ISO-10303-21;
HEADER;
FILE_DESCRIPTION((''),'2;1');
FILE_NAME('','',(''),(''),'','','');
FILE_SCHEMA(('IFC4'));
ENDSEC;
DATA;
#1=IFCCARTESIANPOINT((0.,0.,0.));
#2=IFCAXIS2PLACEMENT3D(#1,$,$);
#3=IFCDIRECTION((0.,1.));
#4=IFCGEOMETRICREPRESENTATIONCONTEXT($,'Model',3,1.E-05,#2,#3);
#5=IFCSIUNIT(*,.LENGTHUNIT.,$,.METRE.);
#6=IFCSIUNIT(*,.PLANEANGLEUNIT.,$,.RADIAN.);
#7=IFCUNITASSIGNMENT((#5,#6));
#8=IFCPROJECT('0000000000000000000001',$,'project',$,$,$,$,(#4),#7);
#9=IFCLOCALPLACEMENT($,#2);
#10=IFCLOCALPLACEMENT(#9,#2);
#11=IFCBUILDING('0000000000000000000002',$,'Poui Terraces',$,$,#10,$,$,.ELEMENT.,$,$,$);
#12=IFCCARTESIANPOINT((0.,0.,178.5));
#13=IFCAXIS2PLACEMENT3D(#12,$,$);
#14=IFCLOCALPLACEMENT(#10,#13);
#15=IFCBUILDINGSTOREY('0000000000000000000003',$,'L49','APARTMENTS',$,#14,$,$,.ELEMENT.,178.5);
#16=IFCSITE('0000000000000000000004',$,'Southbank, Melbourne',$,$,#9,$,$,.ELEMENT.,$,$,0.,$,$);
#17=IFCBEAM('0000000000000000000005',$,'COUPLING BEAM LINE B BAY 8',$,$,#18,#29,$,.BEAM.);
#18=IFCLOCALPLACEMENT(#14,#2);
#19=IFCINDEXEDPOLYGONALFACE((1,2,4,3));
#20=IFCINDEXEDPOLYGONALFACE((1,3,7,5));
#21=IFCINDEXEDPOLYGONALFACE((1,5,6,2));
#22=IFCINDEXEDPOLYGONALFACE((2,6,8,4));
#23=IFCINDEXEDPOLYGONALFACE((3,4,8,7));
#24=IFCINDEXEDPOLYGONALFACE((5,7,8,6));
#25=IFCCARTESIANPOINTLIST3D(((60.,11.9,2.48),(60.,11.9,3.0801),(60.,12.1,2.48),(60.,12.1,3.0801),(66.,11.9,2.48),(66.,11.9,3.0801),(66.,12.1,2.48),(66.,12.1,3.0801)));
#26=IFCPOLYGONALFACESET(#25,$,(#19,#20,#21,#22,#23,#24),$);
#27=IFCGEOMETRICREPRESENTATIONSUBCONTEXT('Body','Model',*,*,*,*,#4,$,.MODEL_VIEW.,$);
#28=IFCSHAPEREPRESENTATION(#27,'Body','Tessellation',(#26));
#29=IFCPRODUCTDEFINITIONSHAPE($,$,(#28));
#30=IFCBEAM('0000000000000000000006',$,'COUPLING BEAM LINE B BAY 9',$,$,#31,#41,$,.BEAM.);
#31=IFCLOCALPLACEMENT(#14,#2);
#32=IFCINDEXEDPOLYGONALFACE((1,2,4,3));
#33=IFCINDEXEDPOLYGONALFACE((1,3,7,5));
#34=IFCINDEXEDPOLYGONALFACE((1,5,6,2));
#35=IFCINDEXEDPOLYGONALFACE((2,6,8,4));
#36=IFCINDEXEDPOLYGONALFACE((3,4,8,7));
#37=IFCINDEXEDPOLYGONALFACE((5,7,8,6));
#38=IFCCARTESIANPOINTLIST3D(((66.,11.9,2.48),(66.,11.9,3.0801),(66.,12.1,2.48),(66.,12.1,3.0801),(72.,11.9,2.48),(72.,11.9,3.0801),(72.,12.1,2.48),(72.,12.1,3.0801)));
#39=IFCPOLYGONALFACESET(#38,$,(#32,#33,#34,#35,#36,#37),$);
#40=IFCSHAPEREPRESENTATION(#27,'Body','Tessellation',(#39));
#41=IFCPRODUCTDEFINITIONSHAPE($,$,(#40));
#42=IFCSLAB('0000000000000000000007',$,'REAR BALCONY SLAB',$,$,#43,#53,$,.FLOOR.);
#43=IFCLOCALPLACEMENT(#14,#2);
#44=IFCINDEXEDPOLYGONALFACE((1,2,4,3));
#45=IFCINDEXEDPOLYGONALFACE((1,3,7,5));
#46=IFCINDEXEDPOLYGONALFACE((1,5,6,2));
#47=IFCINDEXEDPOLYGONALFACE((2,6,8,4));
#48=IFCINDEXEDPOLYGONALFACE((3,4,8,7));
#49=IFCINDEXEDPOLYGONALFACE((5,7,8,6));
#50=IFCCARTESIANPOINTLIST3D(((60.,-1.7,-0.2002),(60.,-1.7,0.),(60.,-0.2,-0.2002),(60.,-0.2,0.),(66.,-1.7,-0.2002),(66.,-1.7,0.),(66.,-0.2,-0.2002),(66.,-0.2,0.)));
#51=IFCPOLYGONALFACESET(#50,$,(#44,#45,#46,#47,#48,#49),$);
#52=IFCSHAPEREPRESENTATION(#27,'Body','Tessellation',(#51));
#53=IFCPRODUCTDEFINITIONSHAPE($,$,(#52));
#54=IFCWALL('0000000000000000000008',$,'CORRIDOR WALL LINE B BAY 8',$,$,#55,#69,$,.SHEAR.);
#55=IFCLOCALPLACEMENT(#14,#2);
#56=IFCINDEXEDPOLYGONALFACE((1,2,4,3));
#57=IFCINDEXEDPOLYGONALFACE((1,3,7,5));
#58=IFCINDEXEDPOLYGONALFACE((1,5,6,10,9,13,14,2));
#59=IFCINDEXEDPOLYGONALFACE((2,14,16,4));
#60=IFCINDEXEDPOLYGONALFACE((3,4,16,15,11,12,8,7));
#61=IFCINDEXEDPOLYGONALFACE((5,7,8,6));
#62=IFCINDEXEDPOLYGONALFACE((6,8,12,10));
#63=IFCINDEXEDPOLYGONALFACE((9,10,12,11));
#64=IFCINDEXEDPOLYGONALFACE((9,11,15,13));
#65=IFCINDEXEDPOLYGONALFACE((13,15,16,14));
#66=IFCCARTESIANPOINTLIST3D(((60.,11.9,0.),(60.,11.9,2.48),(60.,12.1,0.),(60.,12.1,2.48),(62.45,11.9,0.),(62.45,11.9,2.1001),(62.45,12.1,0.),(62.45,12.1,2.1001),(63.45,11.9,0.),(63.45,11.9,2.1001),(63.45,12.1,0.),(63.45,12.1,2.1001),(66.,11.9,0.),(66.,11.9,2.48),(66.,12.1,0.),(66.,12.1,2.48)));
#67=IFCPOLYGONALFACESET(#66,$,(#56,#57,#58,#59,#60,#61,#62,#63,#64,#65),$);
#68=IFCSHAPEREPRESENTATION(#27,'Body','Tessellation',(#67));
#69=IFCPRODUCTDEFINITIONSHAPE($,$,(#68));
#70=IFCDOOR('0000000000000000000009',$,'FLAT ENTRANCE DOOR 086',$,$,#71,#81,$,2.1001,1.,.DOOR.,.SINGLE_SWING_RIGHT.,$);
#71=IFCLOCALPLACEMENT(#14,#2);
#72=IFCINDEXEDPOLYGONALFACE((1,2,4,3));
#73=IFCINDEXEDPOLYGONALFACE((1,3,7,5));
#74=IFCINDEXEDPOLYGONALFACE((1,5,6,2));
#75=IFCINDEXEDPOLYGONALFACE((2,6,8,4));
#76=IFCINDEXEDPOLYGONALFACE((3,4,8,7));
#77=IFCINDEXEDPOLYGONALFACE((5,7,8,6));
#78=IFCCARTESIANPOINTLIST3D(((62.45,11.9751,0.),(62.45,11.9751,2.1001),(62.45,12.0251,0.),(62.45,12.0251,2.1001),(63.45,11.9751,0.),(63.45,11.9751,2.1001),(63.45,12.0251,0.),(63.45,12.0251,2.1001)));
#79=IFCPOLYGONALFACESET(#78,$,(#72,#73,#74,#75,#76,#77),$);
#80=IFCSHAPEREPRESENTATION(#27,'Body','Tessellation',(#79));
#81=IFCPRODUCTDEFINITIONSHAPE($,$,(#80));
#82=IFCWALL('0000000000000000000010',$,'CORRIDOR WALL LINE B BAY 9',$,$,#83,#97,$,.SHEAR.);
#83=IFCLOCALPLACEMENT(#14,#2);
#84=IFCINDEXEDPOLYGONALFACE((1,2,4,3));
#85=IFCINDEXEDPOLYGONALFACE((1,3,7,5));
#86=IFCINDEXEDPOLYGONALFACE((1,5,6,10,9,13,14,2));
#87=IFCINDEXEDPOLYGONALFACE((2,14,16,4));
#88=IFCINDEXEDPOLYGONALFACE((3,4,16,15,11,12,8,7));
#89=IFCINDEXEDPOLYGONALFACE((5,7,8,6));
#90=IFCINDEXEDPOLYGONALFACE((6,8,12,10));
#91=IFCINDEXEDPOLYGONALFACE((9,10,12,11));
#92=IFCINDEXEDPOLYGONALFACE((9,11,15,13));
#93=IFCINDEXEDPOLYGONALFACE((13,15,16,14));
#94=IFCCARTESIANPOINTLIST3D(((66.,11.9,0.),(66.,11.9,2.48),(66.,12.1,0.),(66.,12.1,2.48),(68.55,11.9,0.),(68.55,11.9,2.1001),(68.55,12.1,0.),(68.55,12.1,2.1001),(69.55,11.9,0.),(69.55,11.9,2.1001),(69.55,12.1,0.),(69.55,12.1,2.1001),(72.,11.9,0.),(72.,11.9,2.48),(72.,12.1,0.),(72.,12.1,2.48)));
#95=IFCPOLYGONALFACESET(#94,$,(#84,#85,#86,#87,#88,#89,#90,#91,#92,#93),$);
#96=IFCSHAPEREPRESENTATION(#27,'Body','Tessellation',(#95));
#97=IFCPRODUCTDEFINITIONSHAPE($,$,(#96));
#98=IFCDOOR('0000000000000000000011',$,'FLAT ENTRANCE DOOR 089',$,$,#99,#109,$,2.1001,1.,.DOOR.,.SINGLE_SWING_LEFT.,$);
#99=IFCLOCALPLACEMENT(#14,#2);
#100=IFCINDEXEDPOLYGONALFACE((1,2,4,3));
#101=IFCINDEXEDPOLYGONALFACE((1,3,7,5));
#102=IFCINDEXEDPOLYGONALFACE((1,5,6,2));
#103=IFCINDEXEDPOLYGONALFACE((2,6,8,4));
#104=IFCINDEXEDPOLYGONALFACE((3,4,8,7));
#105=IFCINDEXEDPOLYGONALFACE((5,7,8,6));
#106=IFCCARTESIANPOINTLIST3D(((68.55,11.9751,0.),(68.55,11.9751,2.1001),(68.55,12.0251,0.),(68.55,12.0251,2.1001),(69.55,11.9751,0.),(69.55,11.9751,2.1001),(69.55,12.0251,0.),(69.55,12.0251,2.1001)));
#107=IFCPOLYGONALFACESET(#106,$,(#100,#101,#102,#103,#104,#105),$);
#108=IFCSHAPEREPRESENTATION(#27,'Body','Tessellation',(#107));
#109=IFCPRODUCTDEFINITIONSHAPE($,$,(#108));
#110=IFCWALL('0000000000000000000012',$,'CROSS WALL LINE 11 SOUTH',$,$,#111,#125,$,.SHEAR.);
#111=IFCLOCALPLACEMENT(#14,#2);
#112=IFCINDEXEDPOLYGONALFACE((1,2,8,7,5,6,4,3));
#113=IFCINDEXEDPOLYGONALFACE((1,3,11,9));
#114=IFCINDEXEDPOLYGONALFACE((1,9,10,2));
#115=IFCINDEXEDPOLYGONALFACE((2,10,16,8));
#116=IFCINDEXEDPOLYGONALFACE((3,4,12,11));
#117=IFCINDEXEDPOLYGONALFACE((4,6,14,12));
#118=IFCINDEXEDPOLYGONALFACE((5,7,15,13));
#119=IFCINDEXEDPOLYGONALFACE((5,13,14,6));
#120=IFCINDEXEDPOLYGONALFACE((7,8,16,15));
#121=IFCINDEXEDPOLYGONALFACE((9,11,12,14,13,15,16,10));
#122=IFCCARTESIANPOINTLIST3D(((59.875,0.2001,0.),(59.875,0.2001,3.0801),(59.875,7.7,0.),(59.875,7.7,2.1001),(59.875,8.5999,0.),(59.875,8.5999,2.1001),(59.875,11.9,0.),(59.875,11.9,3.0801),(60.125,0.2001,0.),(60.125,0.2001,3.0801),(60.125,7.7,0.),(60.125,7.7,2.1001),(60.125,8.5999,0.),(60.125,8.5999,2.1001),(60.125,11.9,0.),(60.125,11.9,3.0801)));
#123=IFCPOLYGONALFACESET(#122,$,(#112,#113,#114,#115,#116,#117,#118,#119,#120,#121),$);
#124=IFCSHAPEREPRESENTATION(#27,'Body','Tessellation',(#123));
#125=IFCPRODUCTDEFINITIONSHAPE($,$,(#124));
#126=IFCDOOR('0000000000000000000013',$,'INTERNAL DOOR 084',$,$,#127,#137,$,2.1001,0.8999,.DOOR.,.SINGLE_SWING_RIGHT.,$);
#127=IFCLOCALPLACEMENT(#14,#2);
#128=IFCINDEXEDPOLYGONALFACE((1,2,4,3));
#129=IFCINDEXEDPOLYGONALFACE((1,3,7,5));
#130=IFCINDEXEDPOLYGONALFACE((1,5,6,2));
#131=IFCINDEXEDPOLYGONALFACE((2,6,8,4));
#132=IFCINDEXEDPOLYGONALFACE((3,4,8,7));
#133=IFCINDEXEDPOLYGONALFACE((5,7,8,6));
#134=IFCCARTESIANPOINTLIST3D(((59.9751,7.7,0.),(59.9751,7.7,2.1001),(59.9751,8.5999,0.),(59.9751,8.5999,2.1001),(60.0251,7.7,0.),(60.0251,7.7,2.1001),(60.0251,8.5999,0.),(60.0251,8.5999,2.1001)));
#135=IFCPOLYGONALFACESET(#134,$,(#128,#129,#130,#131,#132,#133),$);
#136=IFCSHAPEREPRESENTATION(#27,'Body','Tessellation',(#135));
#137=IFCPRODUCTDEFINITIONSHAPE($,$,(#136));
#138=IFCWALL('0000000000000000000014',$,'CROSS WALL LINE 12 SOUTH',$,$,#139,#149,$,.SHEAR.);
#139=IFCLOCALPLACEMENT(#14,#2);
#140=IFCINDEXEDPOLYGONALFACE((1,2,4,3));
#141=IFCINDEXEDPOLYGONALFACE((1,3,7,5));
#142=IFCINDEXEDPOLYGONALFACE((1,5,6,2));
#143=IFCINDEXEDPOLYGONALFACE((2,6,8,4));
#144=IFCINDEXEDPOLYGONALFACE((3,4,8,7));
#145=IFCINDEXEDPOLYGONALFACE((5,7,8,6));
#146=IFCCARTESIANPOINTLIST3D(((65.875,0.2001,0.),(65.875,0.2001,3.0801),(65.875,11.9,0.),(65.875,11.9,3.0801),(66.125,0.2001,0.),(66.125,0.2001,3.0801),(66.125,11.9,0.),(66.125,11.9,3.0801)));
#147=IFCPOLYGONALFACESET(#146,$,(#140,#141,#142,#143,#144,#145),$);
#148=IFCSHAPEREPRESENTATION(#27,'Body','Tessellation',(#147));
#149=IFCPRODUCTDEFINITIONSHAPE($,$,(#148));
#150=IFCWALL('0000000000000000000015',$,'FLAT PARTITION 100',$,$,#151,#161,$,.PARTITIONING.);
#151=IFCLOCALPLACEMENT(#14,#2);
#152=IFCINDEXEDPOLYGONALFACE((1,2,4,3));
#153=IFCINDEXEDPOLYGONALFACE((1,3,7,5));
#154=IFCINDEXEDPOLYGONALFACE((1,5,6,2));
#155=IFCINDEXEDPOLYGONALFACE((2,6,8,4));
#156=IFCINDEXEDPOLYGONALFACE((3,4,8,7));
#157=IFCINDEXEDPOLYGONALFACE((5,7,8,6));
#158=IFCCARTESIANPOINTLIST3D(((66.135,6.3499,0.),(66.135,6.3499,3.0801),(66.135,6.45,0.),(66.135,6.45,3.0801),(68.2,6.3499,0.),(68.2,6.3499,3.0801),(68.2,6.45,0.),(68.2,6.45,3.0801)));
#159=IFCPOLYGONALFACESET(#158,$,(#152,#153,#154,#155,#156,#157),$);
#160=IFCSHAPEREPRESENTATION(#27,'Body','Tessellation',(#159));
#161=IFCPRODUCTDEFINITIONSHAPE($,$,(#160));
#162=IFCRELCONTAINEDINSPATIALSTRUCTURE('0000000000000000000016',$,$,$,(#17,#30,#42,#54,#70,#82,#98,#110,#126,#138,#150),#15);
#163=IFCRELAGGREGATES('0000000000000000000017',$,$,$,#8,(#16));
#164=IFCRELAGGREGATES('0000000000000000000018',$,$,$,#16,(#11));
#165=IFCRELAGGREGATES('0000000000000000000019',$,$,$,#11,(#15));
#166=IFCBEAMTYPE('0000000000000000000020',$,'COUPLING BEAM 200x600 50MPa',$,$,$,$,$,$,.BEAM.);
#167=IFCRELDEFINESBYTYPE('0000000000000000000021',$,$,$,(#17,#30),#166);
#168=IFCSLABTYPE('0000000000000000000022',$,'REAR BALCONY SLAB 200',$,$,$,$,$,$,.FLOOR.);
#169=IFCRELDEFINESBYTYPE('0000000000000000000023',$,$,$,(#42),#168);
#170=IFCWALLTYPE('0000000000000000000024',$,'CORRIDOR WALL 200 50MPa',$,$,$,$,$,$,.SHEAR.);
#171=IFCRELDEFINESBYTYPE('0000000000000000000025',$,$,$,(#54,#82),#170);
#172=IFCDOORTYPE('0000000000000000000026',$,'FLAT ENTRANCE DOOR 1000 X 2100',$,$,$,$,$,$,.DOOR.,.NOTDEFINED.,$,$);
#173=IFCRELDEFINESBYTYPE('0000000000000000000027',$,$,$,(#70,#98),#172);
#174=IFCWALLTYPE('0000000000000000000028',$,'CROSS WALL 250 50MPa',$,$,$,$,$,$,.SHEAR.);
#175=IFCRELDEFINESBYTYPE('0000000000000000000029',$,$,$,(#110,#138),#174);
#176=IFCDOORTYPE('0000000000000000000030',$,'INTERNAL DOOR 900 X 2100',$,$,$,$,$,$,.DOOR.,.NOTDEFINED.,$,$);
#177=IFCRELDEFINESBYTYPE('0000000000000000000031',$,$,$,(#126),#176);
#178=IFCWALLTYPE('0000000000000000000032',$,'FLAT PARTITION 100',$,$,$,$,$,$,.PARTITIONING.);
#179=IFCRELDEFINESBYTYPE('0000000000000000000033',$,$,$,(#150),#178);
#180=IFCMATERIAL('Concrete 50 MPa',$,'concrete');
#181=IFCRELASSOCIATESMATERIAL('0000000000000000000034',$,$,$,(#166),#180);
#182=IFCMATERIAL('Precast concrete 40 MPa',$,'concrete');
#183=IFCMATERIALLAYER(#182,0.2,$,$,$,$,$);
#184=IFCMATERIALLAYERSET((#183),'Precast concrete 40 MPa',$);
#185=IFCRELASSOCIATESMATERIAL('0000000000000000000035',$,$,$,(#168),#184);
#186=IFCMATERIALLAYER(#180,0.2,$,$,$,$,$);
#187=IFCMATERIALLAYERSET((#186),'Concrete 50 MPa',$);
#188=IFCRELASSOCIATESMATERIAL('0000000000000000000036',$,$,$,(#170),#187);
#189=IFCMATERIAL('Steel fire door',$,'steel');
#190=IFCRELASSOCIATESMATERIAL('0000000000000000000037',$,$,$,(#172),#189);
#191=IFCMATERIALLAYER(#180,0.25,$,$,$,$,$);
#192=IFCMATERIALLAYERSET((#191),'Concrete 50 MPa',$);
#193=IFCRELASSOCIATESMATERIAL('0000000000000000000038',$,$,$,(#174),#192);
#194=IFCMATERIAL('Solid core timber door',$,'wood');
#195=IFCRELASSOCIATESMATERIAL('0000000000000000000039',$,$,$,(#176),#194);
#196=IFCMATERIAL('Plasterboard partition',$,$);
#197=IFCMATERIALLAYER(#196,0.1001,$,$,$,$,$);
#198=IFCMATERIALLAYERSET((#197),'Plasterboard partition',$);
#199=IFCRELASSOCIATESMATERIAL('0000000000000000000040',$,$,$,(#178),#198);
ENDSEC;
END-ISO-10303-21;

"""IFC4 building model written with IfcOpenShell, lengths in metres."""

from ifc_helpers import new_model, si_unit, direction, frame, frame_2d, origin, origin_2d, place, context, subcontext, project, spatial, polyline, rectangle, outline, extrude, source, transform, mapped, material, layer, layer_set, material_profile, profile_set, type_object, element, fill, save


model = new_model("IFC4")

# Units and contexts
model_context = context("Model", 3, precision=1e-05, world=origin(), true_north=direction((0.0, 1.0)))
body_context = subcontext(model_context, "Body", "Model", "MODEL_VIEW")
ifc_project = project(units=[si_unit("LENGTHUNIT", "METRE"), si_unit("PLANEANGLEUNIT", "RADIAN")], contexts=[model_context])

# Site, building, storey
site_placement = place(None, origin())
site = spatial("IfcSite", under=ifc_project, at=site_placement, Name="Southbank, Melbourne", CompositionType="ELEMENT", RefElevation=0.0)
building_placement = place(site_placement, origin())
building = spatial("IfcBuilding", under=site, at=building_placement, Name="Poui Terraces", CompositionType="ELEMENT")
storey_placement = place(building_placement, frame((0.0, 0.0, 178.5)))
storey = spatial("IfcBuildingStorey", under=building, at=storey_placement, Name="L49", Description="APARTMENTS", CompositionType="ELEMENT", Elevation=178.5)

# Beams
ifc_material_1 = material(Name="Concrete 50 MPa", Category="concrete")
ifc_material_profile_1 = material_profile(ifc_material_1, rectangle(XDim=0.2, YDim=0.6001, at=origin_2d()), Name="RC 200x600")
ifc_profile_set_1 = profile_set([ifc_material_profile_1], Name="Concrete 50 MPa")
beam_type = type_object("IfcBeamType", Name="COUPLING BEAM 200x600 50MPa", PredefinedType="BEAM", material=ifc_profile_set_1)
shared_shape_1 = source(origin(), body_context, "Body", "SweptSolid", [
    extrude(rectangle(XDim=0.2, YDim=0.6001, at=origin_2d()), origin(), (0.0, 0.0, 1.0), 6.0),
])
for number, where, z_axis, x_axis, name in (
    (1, (60.0, 12.0, 2.78), (1.0, 0.0, 0.0), (0.0, 1.0, 0.0), "COUPLING BEAM LINE B BAY 8"),
    (2, (66.0, 12.0, 2.78), (1.0, 0.0, 0.0), (0.0, 1.0, 0.0), "COUPLING BEAM LINE B BAY 9"),
):
    element("IfcBeam", number, at=place(storey_placement, frame(where, z_axis=z_axis, x_axis=x_axis)), inside=storey, type_object=beam_type, Name=name, PredefinedType="BEAM", context=body_context, shape_type="MappedRepresentation", body=[
        mapped(shared_shape_1, transform((0.0, 0.0, 0.0))),
    ])

# Slab
ifc_material_2 = material(Name="Precast concrete 40 MPa", Category="concrete")
ifc_layer_1 = layer(ifc_material_2, 0.2)
ifc_layer_set_1 = layer_set([ifc_layer_1], Name="Precast concrete 40 MPa")
slab_type = type_object("IfcSlabType", Name="REAR BALCONY SLAB 200", PredefinedType="FLOOR", material=ifc_layer_set_1)
shared_shape_2 = source(origin(), body_context, "Body", "SweptSolid", [
    extrude(outline(polyline([(0.0, 0.0), (6.0, 0.0), (6.0, 1.5), (0.0, 1.5), (0.0, 0.0)])), origin(), (0.0, 0.0, 1.0), 0.2002),
])
slab_placement = place(storey_placement, frame((60.0, -1.7, -0.2002)))
element("IfcSlab", 3, at=slab_placement, inside=storey, type_object=slab_type, Name="REAR BALCONY SLAB", PredefinedType="FLOOR", context=body_context, shape_type="MappedRepresentation", body=[
    mapped(shared_shape_2, transform((0.0, 0.0, 0.0))),
])

# Walls, openings, doors
ifc_layer_2 = layer(ifc_material_1, 0.2)
ifc_layer_set_2 = layer_set([ifc_layer_2], Name="Concrete 50 MPa")
wall_type_1 = type_object("IfcWallType", Name="CORRIDOR WALL 200 50MPa", PredefinedType="SHEAR", material=ifc_layer_set_2)
wall_1_placement = place(storey_placement, frame((60.0, 12.0, 0.0), z_axis=(0.0, 0.0, 1.0), x_axis=(1.0, 0.0, 0.0)))
wall_1 = element("IfcWall", 4, at=wall_1_placement, inside=storey, type_object=wall_type_1, Name="CORRIDOR WALL LINE B BAY 8", PredefinedType="SHEAR", context=body_context, shape_type="SweptSolid", body=[
    extrude(rectangle(XDim=6.0, YDim=0.2, at=frame_2d((3.0, 0.0))), origin(), (0.0, 0.0, 1.0), 2.48),
])
opening_1_placement = place(wall_1_placement, frame((2.45, 0.0, 0.0)))
opening_1 = element("IfcOpeningElement", 5, at=opening_1_placement, cuts=wall_1, PredefinedType="OPENING", context=body_context, shape_type="SweptSolid", body=[
    extrude(rectangle(XDim=1.0, YDim=2.1001, at=frame_2d((0.5, 1.05))), frame((0.0, 0.1099, 0.0), z_axis=(0.0, -1.0, 0.0), x_axis=(1.0, 0.0, 0.0)), (0.0, 0.0, 1.0), 0.22),
])
ifc_material_3 = material(Name="Steel fire door", Category="steel")
door_type_1 = type_object("IfcDoorType", Name="FLAT ENTRANCE DOOR 1000 X 2100", OperationType="NOTDEFINED", PredefinedType="DOOR", material=ifc_material_3)
door_1_placement = place(opening_1_placement, frame((1.0, 0.0, 0.0), z_axis=(0.0, 0.0, 1.0), x_axis=(-1.0, 0.0, 0.0)))
door_1 = element("IfcDoor", 6, at=door_1_placement, inside=storey, type_object=door_type_1, Name="FLAT ENTRANCE DOOR 086", OperationType="SINGLE_SWING_RIGHT", OverallHeight=2.1001, OverallWidth=1.0, PredefinedType="DOOR", context=body_context, shape_type="SweptSolid", body=[
    extrude(rectangle(XDim=1.0, YDim=2.1001, at=frame_2d((0.5, 1.05))), frame((0.0, 0.0249, 0.0), z_axis=(0.0, -1.0, 0.0), x_axis=(1.0, 0.0, 0.0)), (0.0, 0.0, 1.0), 0.05),
])
fill(opening_1, door_1)
wall_2_placement = place(storey_placement, frame((66.0, 12.0, 0.0), z_axis=(0.0, 0.0, 1.0), x_axis=(1.0, 0.0, 0.0)))
wall_2 = element("IfcWall", 7, at=wall_2_placement, inside=storey, type_object=wall_type_1, Name="CORRIDOR WALL LINE B BAY 9", PredefinedType="SHEAR", context=body_context, shape_type="SweptSolid", body=[
    extrude(rectangle(XDim=6.0, YDim=0.2, at=frame_2d((3.0, 0.0))), origin(), (0.0, 0.0, 1.0), 2.48),
])
opening_2_placement = place(wall_2_placement, frame((2.55, 0.0, 0.0)))
opening_2 = element("IfcOpeningElement", 8, at=opening_2_placement, cuts=wall_2, PredefinedType="OPENING", context=body_context, shape_type="SweptSolid", body=[
    extrude(rectangle(XDim=1.0, YDim=2.1001, at=frame_2d((0.5, 1.05))), frame((0.0, 0.1099, 0.0), z_axis=(0.0, -1.0, 0.0), x_axis=(1.0, 0.0, 0.0)), (0.0, 0.0, 1.0), 0.22),
])
door_2_placement = place(opening_2_placement, frame((1.0, 0.0, 0.0), z_axis=(0.0, 0.0, 1.0), x_axis=(-1.0, 0.0, 0.0)))
door_2 = element("IfcDoor", 9, at=door_2_placement, inside=storey, type_object=door_type_1, Name="FLAT ENTRANCE DOOR 089", OperationType="SINGLE_SWING_LEFT", OverallHeight=2.1001, OverallWidth=1.0, PredefinedType="DOOR", context=body_context, shape_type="SweptSolid", body=[
    extrude(rectangle(XDim=1.0, YDim=2.1001, at=frame_2d((0.5, 1.05))), frame((0.0, 0.0249, 0.0), z_axis=(0.0, -1.0, 0.0), x_axis=(1.0, 0.0, 0.0)), (0.0, 0.0, 1.0), 0.05),
])
fill(opening_2, door_2)
ifc_layer_3 = layer(ifc_material_1, 0.25)
ifc_layer_set_3 = layer_set([ifc_layer_3], Name="Concrete 50 MPa")
wall_type_2 = type_object("IfcWallType", Name="CROSS WALL 250 50MPa", PredefinedType="SHEAR", material=ifc_layer_set_3)
wall_3_placement = place(storey_placement, frame((60.0, 0.2, 0.0), z_axis=(0.0, 0.0, 1.0), x_axis=(0.0, 1.0, 0.0)))
wall_3 = element("IfcWall", 10, at=wall_3_placement, inside=storey, type_object=wall_type_2, Name="CROSS WALL LINE 11 SOUTH", PredefinedType="SHEAR", context=body_context, shape_type="SweptSolid", body=[
    extrude(rectangle(XDim=11.7, YDim=0.25, at=frame_2d((5.8501, 0.0))), origin(), (0.0, 0.0, 1.0), 3.0801),
])
opening_3_placement = place(wall_3_placement, frame((7.5, 0.0, 0.0)))
opening_3 = element("IfcOpeningElement", 11, at=opening_3_placement, cuts=wall_3, PredefinedType="OPENING", context=body_context, shape_type="SweptSolid", body=[
    extrude(rectangle(XDim=0.8999, YDim=2.1001, at=frame_2d((0.45, 1.05))), frame((0.0, 0.135, 0.0), z_axis=(0.0, -1.0, 0.0), x_axis=(1.0, 0.0, 0.0)), (0.0, 0.0, 1.0), 0.27),
])
ifc_material_4 = material(Name="Solid core timber door", Category="wood")
door_type_2 = type_object("IfcDoorType", Name="INTERNAL DOOR 900 X 2100", OperationType="NOTDEFINED", PredefinedType="DOOR", material=ifc_material_4)
door_3_placement = place(opening_3_placement, origin())
door_3 = element("IfcDoor", 12, at=door_3_placement, inside=storey, type_object=door_type_2, Name="INTERNAL DOOR 084", OperationType="SINGLE_SWING_RIGHT", OverallHeight=2.1001, OverallWidth=0.8999, PredefinedType="DOOR", context=body_context, shape_type="SweptSolid", body=[
    extrude(rectangle(XDim=0.8999, YDim=2.1001, at=frame_2d((0.45, 1.05))), frame((0.0, 0.0249, 0.0), z_axis=(0.0, -1.0, 0.0), x_axis=(1.0, 0.0, 0.0)), (0.0, 0.0, 1.0), 0.05),
])
fill(opening_3, door_3)

# Walls
wall_4_placement = place(storey_placement, frame((66.0, 0.2, 0.0), z_axis=(0.0, 0.0, 1.0), x_axis=(0.0, 1.0, 0.0)))
element("IfcWall", 13, at=wall_4_placement, inside=storey, type_object=wall_type_2, Name="CROSS WALL LINE 12 SOUTH", PredefinedType="SHEAR", context=body_context, shape_type="SweptSolid", body=[
    extrude(rectangle(XDim=11.7, YDim=0.25, at=frame_2d((5.8501, 0.0))), origin(), (0.0, 0.0, 1.0), 3.0801),
])
ifc_material_5 = material(Name="Plasterboard partition")
ifc_layer_4 = layer(ifc_material_5, 0.1001)
ifc_layer_set_4 = layer_set([ifc_layer_4], Name="Plasterboard partition")
wall_type_3 = type_object("IfcWallType", Name="FLAT PARTITION 100", PredefinedType="PARTITIONING", material=ifc_layer_set_4)
wall_5_placement = place(storey_placement, frame((66.135, 6.3999, 0.0), z_axis=(0.0, 0.0, 1.0), x_axis=(1.0, 0.0, 0.0)))
element("IfcWall", 14, at=wall_5_placement, inside=storey, type_object=wall_type_3, Name="FLAT PARTITION 100", PredefinedType="PARTITIONING", context=body_context, shape_type="SweptSolid", body=[
    extrude(rectangle(XDim=2.0649, YDim=0.1001, at=frame_2d((1.0325, 0.0))), origin(), (0.0, 0.0, 1.0), 3.0801),
])

save(model, "model.ifc")
